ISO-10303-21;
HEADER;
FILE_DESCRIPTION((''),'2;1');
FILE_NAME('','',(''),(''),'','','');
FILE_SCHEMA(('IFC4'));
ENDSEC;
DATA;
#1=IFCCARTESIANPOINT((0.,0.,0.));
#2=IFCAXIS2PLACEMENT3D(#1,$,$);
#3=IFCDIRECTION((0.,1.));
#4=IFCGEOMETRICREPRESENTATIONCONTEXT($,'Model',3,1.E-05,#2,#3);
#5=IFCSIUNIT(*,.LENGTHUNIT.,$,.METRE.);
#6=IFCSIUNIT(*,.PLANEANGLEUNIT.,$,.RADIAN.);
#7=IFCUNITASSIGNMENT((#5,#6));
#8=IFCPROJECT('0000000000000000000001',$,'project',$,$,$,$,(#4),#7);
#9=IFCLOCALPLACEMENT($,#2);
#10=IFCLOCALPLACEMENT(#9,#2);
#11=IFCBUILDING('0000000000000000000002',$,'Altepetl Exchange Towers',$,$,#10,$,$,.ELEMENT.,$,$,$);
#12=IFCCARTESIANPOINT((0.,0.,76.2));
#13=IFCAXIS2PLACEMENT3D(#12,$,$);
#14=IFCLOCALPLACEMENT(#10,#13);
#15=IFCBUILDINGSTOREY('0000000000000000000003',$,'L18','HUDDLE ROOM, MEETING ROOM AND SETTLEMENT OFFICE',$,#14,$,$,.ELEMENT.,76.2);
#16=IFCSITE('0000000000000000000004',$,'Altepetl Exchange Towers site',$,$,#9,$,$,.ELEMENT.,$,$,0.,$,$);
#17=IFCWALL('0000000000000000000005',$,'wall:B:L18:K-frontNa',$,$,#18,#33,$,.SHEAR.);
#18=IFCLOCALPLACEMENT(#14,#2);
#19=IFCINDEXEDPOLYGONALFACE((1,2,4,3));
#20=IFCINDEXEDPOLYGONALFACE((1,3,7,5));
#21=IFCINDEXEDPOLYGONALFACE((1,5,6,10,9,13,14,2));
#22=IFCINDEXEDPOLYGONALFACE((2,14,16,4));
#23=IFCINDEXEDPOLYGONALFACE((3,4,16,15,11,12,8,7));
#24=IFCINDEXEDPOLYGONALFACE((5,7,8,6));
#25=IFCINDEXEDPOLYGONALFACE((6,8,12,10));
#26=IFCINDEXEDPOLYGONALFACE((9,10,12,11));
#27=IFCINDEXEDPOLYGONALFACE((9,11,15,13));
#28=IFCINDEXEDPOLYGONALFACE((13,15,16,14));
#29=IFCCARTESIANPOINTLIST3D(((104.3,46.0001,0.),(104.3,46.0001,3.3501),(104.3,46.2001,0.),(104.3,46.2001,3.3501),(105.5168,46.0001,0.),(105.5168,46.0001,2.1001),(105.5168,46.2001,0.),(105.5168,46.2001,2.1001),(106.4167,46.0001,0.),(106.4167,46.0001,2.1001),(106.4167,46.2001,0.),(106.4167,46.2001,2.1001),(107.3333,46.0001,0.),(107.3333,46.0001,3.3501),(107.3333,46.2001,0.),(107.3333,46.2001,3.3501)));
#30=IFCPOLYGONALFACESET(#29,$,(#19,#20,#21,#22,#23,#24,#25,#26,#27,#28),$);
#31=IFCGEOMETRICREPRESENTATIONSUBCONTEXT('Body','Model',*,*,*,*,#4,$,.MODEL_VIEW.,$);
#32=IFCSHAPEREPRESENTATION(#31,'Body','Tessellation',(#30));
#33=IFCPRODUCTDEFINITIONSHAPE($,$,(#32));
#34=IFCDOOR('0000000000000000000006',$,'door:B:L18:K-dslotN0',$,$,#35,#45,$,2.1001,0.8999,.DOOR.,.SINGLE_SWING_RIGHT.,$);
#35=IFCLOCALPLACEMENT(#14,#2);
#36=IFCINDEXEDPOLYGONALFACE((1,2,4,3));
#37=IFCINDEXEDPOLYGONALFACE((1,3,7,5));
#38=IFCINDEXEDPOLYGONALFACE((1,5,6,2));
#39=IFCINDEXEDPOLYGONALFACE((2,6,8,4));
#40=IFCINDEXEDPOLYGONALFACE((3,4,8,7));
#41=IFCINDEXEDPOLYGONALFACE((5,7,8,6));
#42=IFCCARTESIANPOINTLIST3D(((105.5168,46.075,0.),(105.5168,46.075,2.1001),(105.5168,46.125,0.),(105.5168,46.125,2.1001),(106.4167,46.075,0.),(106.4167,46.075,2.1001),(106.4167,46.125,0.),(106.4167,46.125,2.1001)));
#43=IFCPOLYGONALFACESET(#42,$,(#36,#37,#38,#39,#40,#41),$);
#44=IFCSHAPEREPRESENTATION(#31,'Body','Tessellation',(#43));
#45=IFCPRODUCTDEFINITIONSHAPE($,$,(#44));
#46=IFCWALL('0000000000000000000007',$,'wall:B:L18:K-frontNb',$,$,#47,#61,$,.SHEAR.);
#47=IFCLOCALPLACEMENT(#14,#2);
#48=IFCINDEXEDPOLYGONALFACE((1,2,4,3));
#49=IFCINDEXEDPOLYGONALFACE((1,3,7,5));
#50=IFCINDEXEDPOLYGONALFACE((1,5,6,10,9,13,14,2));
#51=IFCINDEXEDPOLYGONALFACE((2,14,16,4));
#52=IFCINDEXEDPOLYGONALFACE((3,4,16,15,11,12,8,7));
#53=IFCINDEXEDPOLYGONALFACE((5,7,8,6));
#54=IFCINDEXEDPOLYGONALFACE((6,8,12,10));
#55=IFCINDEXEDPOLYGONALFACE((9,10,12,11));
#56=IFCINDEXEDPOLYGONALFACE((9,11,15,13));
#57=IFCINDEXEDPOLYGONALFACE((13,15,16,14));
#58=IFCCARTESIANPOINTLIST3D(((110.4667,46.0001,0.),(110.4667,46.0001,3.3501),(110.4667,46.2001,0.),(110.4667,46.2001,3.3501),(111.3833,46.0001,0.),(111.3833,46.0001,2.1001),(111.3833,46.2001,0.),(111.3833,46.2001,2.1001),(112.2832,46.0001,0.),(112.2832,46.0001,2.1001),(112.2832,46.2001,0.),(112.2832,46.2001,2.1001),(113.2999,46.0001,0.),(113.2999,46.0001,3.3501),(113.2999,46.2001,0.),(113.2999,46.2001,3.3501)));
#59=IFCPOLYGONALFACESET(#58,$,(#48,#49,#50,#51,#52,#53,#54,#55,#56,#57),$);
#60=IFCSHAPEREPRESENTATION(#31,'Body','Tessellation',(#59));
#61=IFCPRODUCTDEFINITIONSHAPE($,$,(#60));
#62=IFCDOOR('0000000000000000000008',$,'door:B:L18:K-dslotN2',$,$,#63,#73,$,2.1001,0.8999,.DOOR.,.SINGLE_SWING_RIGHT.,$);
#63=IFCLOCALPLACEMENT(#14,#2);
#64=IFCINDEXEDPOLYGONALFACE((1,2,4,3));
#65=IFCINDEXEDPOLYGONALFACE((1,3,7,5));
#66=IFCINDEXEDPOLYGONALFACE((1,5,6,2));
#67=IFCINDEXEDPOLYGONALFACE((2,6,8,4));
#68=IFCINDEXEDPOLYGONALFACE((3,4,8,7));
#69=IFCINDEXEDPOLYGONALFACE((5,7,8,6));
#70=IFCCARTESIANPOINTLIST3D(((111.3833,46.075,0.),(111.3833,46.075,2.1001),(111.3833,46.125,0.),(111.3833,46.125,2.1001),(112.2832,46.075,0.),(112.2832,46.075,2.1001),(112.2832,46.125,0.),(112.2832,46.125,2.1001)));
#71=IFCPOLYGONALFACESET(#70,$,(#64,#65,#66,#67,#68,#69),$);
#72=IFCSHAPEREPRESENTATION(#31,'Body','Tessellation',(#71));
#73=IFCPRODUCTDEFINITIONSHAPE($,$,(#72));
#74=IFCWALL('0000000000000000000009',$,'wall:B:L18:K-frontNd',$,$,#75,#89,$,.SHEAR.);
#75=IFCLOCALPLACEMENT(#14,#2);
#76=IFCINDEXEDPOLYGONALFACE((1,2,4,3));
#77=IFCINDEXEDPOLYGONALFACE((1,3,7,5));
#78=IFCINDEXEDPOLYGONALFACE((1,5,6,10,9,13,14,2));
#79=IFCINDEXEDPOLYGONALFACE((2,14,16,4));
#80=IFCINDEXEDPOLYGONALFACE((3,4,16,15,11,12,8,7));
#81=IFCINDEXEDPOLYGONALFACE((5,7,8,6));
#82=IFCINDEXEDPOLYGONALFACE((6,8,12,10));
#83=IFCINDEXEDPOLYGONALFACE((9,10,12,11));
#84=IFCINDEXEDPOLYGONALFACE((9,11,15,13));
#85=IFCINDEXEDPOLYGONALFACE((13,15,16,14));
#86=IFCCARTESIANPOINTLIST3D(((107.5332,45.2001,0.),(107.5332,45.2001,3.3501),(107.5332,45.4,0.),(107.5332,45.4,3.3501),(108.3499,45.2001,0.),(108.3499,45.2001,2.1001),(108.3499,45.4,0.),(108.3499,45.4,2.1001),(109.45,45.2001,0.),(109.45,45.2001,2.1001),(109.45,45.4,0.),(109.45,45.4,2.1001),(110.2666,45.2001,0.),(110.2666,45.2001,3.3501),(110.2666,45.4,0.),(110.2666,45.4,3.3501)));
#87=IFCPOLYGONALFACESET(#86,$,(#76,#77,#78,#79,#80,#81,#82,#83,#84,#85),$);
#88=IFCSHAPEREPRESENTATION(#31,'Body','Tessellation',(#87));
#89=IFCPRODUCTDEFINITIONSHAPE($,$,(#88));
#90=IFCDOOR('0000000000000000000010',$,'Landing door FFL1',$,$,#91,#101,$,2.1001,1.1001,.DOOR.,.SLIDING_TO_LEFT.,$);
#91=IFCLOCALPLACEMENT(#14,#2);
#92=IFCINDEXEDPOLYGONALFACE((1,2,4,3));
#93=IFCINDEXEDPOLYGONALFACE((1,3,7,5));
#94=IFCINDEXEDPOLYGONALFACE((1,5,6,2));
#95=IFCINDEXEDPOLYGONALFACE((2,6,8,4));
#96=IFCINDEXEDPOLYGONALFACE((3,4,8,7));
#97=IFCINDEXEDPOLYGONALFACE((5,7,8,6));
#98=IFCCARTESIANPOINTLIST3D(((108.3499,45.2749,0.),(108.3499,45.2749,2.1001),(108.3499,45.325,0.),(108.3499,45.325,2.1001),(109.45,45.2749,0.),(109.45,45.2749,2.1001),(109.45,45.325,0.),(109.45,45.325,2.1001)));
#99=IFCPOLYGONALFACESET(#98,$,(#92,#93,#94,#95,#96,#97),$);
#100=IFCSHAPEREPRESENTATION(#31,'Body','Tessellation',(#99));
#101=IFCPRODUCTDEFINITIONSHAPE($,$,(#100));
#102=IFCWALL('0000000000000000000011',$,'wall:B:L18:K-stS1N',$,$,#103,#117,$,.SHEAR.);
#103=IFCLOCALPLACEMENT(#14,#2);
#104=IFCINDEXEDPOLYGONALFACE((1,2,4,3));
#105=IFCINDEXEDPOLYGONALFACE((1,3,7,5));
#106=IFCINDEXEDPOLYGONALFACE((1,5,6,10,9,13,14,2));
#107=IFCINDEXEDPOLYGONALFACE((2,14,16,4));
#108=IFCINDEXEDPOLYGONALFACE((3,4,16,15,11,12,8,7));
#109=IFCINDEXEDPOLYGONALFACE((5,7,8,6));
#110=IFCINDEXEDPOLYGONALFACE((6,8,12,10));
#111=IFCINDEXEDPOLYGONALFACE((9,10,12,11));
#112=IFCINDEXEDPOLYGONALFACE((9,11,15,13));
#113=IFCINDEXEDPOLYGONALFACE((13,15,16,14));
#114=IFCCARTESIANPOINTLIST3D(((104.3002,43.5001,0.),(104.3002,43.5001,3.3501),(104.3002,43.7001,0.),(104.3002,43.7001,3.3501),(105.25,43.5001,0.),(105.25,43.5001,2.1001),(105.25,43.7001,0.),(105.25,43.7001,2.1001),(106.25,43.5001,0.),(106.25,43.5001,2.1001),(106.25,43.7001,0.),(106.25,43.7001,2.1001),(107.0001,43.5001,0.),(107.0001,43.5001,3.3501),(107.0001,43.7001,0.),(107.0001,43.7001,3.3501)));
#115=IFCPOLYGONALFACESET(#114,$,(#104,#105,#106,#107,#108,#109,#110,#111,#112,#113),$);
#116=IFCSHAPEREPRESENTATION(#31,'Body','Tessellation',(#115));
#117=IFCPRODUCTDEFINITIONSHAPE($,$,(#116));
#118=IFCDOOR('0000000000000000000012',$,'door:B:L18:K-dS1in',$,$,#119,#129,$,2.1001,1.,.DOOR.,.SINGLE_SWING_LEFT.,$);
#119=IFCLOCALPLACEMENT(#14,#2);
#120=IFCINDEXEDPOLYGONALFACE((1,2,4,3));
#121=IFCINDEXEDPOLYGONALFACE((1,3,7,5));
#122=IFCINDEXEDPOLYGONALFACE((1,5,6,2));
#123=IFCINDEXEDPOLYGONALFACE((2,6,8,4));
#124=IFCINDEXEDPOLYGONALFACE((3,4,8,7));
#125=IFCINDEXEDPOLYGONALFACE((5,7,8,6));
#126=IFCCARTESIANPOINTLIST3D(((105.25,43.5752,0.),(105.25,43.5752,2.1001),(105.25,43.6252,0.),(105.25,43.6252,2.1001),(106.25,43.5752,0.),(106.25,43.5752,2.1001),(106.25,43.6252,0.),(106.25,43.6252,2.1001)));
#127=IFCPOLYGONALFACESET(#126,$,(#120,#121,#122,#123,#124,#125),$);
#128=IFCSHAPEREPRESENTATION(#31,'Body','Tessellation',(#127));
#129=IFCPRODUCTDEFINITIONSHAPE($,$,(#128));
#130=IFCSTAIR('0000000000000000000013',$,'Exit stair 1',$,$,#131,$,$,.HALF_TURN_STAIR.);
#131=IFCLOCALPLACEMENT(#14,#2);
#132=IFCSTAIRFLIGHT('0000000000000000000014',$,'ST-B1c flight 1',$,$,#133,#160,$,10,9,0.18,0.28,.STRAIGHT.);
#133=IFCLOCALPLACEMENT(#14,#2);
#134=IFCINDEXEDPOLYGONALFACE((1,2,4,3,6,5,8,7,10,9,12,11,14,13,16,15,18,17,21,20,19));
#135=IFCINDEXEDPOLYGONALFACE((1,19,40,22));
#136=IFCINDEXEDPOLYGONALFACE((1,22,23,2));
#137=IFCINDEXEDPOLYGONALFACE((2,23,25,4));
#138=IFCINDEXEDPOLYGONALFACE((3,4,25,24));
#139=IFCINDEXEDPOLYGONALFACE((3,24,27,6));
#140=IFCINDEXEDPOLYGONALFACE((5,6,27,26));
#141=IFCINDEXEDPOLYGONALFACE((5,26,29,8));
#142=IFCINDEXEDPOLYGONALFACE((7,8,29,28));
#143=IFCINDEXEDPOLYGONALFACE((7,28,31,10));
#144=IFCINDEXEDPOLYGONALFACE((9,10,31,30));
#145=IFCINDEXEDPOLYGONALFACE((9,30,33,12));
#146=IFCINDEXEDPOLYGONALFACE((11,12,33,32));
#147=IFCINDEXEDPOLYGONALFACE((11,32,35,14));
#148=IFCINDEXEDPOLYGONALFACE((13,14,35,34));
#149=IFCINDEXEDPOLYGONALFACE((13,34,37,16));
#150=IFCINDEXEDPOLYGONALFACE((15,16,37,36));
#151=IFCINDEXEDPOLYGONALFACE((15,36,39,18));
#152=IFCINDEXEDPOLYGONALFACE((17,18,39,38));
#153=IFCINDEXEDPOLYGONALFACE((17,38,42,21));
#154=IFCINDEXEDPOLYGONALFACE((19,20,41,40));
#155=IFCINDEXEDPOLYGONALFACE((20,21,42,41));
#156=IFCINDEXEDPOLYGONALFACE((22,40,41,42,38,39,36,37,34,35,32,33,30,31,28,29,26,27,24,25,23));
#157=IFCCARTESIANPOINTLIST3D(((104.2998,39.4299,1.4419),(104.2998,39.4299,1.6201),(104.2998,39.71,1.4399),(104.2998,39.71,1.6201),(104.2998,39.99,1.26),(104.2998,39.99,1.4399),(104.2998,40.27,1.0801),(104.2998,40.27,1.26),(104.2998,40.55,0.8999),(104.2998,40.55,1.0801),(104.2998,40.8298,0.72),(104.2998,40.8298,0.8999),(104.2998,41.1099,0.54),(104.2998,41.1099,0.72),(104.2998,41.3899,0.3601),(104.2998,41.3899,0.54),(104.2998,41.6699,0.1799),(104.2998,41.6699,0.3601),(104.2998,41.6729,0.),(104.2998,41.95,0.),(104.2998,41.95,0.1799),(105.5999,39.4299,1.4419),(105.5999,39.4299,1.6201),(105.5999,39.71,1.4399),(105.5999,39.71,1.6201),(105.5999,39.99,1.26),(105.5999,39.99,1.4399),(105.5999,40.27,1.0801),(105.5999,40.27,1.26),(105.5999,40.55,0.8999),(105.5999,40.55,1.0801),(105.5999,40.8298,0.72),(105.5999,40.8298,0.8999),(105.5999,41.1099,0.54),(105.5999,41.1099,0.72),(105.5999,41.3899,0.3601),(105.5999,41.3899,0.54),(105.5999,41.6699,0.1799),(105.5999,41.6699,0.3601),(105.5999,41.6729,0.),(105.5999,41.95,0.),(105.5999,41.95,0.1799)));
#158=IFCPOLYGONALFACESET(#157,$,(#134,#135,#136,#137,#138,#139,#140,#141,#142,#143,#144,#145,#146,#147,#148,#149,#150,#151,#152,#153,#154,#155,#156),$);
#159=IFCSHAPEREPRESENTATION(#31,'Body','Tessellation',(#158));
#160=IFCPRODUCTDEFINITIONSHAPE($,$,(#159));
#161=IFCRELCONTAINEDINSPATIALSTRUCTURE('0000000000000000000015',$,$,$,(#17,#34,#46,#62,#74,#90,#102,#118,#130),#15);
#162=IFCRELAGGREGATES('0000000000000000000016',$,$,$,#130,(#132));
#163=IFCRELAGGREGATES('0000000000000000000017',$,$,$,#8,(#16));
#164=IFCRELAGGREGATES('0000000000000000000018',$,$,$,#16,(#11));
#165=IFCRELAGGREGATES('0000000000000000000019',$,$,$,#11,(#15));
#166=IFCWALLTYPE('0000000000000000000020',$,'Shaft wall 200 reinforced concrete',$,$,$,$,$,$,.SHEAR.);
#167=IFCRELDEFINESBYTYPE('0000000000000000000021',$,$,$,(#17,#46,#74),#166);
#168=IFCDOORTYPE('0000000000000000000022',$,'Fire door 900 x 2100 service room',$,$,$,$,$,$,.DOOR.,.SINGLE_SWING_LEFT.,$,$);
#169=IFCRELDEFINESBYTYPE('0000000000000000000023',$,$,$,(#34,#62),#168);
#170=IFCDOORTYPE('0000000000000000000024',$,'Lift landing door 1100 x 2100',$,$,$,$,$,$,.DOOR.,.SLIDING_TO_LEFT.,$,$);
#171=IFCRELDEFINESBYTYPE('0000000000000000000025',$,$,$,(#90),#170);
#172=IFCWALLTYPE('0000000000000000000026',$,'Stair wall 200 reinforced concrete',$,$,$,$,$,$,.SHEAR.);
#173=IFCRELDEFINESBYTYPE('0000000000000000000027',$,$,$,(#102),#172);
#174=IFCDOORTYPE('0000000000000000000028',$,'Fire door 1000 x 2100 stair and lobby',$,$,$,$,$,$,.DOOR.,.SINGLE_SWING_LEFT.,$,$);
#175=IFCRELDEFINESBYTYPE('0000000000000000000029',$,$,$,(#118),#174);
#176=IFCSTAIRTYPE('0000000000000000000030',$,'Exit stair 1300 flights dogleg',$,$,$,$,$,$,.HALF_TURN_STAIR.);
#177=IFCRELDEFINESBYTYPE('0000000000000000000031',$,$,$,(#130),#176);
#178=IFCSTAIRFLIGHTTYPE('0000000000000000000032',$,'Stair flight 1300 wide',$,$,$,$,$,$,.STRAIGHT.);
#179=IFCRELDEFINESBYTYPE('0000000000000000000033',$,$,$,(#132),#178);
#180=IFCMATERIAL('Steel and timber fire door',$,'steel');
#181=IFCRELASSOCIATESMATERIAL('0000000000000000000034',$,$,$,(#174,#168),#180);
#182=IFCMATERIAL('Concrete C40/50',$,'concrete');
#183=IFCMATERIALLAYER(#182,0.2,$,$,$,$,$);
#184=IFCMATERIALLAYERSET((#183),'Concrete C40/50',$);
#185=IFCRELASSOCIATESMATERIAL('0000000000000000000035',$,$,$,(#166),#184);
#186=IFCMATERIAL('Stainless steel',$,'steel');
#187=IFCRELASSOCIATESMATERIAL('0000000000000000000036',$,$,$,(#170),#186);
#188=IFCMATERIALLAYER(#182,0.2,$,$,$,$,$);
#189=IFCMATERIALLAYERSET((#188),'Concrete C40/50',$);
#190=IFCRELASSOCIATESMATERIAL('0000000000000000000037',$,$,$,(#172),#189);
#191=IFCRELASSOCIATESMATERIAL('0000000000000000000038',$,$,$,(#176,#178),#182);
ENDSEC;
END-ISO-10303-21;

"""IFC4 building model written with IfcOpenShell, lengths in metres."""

from ifc_helpers import new_model, si_unit, direction, frame, frame_2d, origin, place, context, subcontext, project, spatial, polyline, rectangle, outline, extrude, material, layer, layer_set, type_object, element, fill, aggregate, save


model = new_model("IFC4")

# Units and contexts
model_context = context("Model", 3, precision=1e-05, world=origin(), true_north=direction((0.0, 1.0)))
body_context = subcontext(model_context, "Body", "Model", "MODEL_VIEW")
ifc_project = project(units=[si_unit("LENGTHUNIT", "METRE"), si_unit("PLANEANGLEUNIT", "RADIAN")], contexts=[model_context])

# Site, building, storey
site_placement = place(None, origin())
site = spatial("IfcSite", under=ifc_project, at=site_placement, Name="Altepetl Exchange Towers site", CompositionType="ELEMENT", RefElevation=0.0)
building_placement = place(site_placement, origin())
building = spatial("IfcBuilding", under=site, at=building_placement, Name="Altepetl Exchange Towers", CompositionType="ELEMENT")
storey_placement = place(building_placement, frame((0.0, 0.0, 76.2)))
storey = spatial("IfcBuildingStorey", under=building, at=storey_placement, Name="L18", Description="HUDDLE ROOM, MEETING ROOM AND SETTLEMENT OFFICE", CompositionType="ELEMENT", Elevation=76.2)

# Shared definitions
ifc_material_1 = material(Name="Steel and timber fire door", Category="steel")
door_type_1 = type_object("IfcDoorType", Name="Fire door 1000 x 2100 stair and lobby", OperationType="SINGLE_SWING_LEFT", PredefinedType="DOOR", material=ifc_material_1)
door_type_2 = type_object("IfcDoorType", Name="Fire door 900 x 2100 service room", OperationType="SINGLE_SWING_LEFT", PredefinedType="DOOR", material=ifc_material_1)

# Shared definitions
ifc_material_2 = material(Name="Concrete C40/50", Category="concrete")
ifc_layer_1 = layer(ifc_material_2, 0.2)
ifc_layer_set_1 = layer_set([ifc_layer_1], Name="Concrete C40/50")
wall_type_1 = type_object("IfcWallType", Name="Shaft wall 200 reinforced concrete", PredefinedType="SHEAR", material=ifc_layer_set_1)

# Walls, openings, doors
wall_1_placement = place(storey_placement, frame((104.3, 46.1001, 0.0)))
wall_1 = element("IfcWall", 1, at=wall_1_placement, inside=storey, type_object=wall_type_1, Name="wall:B:L18:K-frontNa", PredefinedType="SHEAR", context=body_context, shape_type="SweptSolid", body=[
    extrude(rectangle(XDim=3.0332, YDim=0.2, at=frame_2d((1.5166, 0.0))), origin(), (0.0, 0.0, 1.0), 3.3501),
])
opening_1_placement = place(wall_1_placement, frame((1.2168, 0.0, 0.0)))
opening_1 = element("IfcOpeningElement", 2, at=opening_1_placement, cuts=wall_1, PredefinedType="OPENING", context=body_context, shape_type="SweptSolid", body=[
    extrude(rectangle(XDim=0.8999, YDim=2.1001, at=frame_2d((0.45, 1.05))), frame((0.0, 0.1099, 0.0), z_axis=(0.0, -1.0, 0.0), x_axis=(1.0, 0.0, 0.0)), (0.0, 0.0, 1.0), 0.22),
])
door_1_placement = place(opening_1_placement, origin())
door_1 = element("IfcDoor", 3, at=door_1_placement, inside=storey, type_object=door_type_2, Name="door:B:L18:K-dslotN0", OperationType="SINGLE_SWING_RIGHT", OverallHeight=2.1001, OverallWidth=0.8999, PredefinedType="DOOR", context=body_context, shape_type="SweptSolid", body=[
    extrude(rectangle(XDim=0.8999, YDim=2.1001, at=frame_2d((0.45, 1.05))), frame((0.0, 0.0249, 0.0), z_axis=(0.0, -1.0, 0.0), x_axis=(1.0, 0.0, 0.0)), (0.0, 0.0, 1.0), 0.05),
])
fill(opening_1, door_1)
wall_2_placement = place(storey_placement, frame((110.4668, 46.1001, 0.0)))
wall_2 = element("IfcWall", 4, at=wall_2_placement, inside=storey, type_object=wall_type_1, Name="wall:B:L18:K-frontNb", PredefinedType="SHEAR", context=body_context, shape_type="SweptSolid", body=[
    extrude(rectangle(XDim=2.8333, YDim=0.2, at=frame_2d((1.4165, 0.0))), origin(), (0.0, 0.0, 1.0), 3.3501),
])
opening_2_placement = place(wall_2_placement, frame((0.9165, 0.0, 0.0)))
opening_2 = element("IfcOpeningElement", 5, at=opening_2_placement, cuts=wall_2, PredefinedType="OPENING", context=body_context, shape_type="SweptSolid", body=[
    extrude(rectangle(XDim=0.8999, YDim=2.1001, at=frame_2d((0.45, 1.05))), frame((0.0, 0.1099, 0.0), z_axis=(0.0, -1.0, 0.0), x_axis=(1.0, 0.0, 0.0)), (0.0, 0.0, 1.0), 0.22),
])
door_2_placement = place(opening_2_placement, origin())
door_2 = element("IfcDoor", 6, at=door_2_placement, inside=storey, type_object=door_type_2, Name="door:B:L18:K-dslotN2", OperationType="SINGLE_SWING_RIGHT", OverallHeight=2.1001, OverallWidth=0.8999, PredefinedType="DOOR", context=body_context, shape_type="SweptSolid", body=[
    extrude(rectangle(XDim=0.8999, YDim=2.1001, at=frame_2d((0.45, 1.05))), frame((0.0, 0.0249, 0.0), z_axis=(0.0, -1.0, 0.0), x_axis=(1.0, 0.0, 0.0)), (0.0, 0.0, 1.0), 0.05),
])
fill(opening_2, door_2)
wall_3_placement = place(storey_placement, frame((107.5332, 45.3, 0.0)))
wall_3 = element("IfcWall", 7, at=wall_3_placement, inside=storey, type_object=wall_type_1, Name="wall:B:L18:K-frontNd", PredefinedType="SHEAR", context=body_context, shape_type="SweptSolid", body=[
    extrude(rectangle(XDim=2.7334, YDim=0.2, at=frame_2d((1.3667, 0.0))), origin(), (0.0, 0.0, 1.0), 3.3501),
])
opening_3_placement = place(wall_3_placement, frame((0.8167, 0.0, 0.0)))
opening_3 = element("IfcOpeningElement", 8, at=opening_3_placement, cuts=wall_3, PredefinedType="OPENING", context=body_context, shape_type="SweptSolid", body=[
    extrude(rectangle(XDim=1.1001, YDim=2.1001, at=frame_2d((0.55, 1.05))), frame((0.0, 0.1099, 0.0), z_axis=(0.0, -1.0, 0.0), x_axis=(1.0, 0.0, 0.0)), (0.0, 0.0, 1.0), 0.22),
])
ifc_material_3 = material(Name="Stainless steel", Category="steel")
door_type_3 = type_object("IfcDoorType", Name="Lift landing door 1100 x 2100", OperationType="SLIDING_TO_LEFT", PredefinedType="DOOR", material=ifc_material_3)
door_3_placement = place(opening_3_placement, origin())
door_3 = element("IfcDoor", 9, at=door_3_placement, inside=storey, type_object=door_type_3, Name="Landing door FFL1", OperationType="SLIDING_TO_LEFT", OverallHeight=2.1001, OverallWidth=1.1001, PredefinedType="DOOR", context=body_context, shape_type="SweptSolid", body=[
    extrude(rectangle(XDim=1.1001, YDim=2.1001, at=frame_2d((0.55, 1.05))), frame((0.0, 0.0249, 0.0), z_axis=(0.0, -1.0, 0.0), x_axis=(1.0, 0.0, 0.0)), (0.0, 0.0, 1.0), 0.05),
])
fill(opening_3, door_3)
ifc_layer_2 = layer(ifc_material_2, 0.2)
ifc_layer_set_2 = layer_set([ifc_layer_2], Name="Concrete C40/50")
wall_type_2 = type_object("IfcWallType", Name="Stair wall 200 reinforced concrete", PredefinedType="SHEAR", material=ifc_layer_set_2)
wall_4_placement = place(storey_placement, frame((104.3, 43.6001, 0.0)))
wall_4 = element("IfcWall", 10, at=wall_4_placement, inside=storey, type_object=wall_type_2, Name="wall:B:L18:K-stS1N", PredefinedType="SHEAR", context=body_context, shape_type="SweptSolid", body=[
    extrude(rectangle(XDim=2.7, YDim=0.2, at=frame_2d((1.3501, 0.0))), origin(), (0.0, 0.0, 1.0), 3.3501),
])
opening_4_placement = place(wall_4_placement, frame((0.95, 0.0, 0.0)))
opening_4 = element("IfcOpeningElement", 11, at=opening_4_placement, cuts=wall_4, PredefinedType="OPENING", context=body_context, shape_type="SweptSolid", body=[
    extrude(rectangle(XDim=1.0, YDim=2.1001, at=frame_2d((0.5, 1.05))), frame((0.0, 0.1099, 0.0), z_axis=(0.0, -1.0, 0.0), x_axis=(1.0, 0.0, 0.0)), (0.0, 0.0, 1.0), 0.22),
])
door_4_placement = place(opening_4_placement, frame((1.0, 0.0, 0.0), x_axis=(-1.0, 0.0, 0.0)))
door_4 = element("IfcDoor", 12, at=door_4_placement, inside=storey, type_object=door_type_1, Name="door:B:L18:K-dS1in", OperationType="SINGLE_SWING_LEFT", OverallHeight=2.1001, OverallWidth=1.0, PredefinedType="DOOR", context=body_context, shape_type="SweptSolid", body=[
    extrude(rectangle(XDim=1.0, YDim=2.1001, at=frame_2d((0.5, 1.05))), frame((0.0, 0.0249, 0.0), z_axis=(0.0, -1.0, 0.0), x_axis=(1.0, 0.0, 0.0)), (0.0, 0.0, 1.0), 0.05),
])
fill(opening_4, door_4)

# Stair, stair flight
stair_type = type_object("IfcStairType", Name="Exit stair 1300 flights dogleg", PredefinedType="HALF_TURN_STAIR", material=ifc_material_2)
stair_1_placement = place(storey_placement, origin())
stair_1 = element("IfcStair", 13, at=stair_1_placement, inside=storey, type_object=stair_type, Name="Exit stair 1", PredefinedType="HALF_TURN_STAIR")
stair_flight_type = type_object("IfcStairFlightType", Name="Stair flight 1300 wide", PredefinedType="STRAIGHT", material=ifc_material_2)
stair_flight_1_placement = place(storey_placement, frame((104.95, 41.95, 0.0), z_axis=(0.0, 0.0, 1.0), x_axis=(0.0, -1.0, 0.0)))
stair_flight_1 = element("IfcStairFlight", 14, at=stair_flight_1_placement, type_object=stair_flight_type, Name="ST-B1c flight 1", NumberOfRisers=10, NumberOfTreads=9, PredefinedType="STRAIGHT", RiserHeight=0.18, TreadLength=0.28, context=body_context, shape_type="SweptSolid", body=[
    extrude(outline(polyline([(0.0, 0.0), (0.0, 0.1799), (0.28, 0.1799), (0.28, 0.3601), (0.5601, 0.3601), (0.5601, 0.54), (0.8401, 0.54), (0.8401, 0.72), (1.1201, 0.72), (1.1201, 0.8999), (1.3999, 0.8999), (1.3999, 1.0801), (1.6799, 1.0801), (1.6799, 1.26), (1.96, 1.26), (1.96, 1.4399), (2.24, 1.4399), (2.24, 1.6201), (2.52, 1.6201), (2.52, 1.8), (2.52, 1.4419), (0.2771, 0.0), (0.0, 0.0)])), frame((0.0, 0.6499, 0.0), z_axis=(0.0, -1.0, 0.0), x_axis=(1.0, 0.0, 0.0)), (0.0, 0.0, 1.0), 1.3),
])
aggregate(stair_1, [stair_flight_1])

save(model, "model.ifc")
